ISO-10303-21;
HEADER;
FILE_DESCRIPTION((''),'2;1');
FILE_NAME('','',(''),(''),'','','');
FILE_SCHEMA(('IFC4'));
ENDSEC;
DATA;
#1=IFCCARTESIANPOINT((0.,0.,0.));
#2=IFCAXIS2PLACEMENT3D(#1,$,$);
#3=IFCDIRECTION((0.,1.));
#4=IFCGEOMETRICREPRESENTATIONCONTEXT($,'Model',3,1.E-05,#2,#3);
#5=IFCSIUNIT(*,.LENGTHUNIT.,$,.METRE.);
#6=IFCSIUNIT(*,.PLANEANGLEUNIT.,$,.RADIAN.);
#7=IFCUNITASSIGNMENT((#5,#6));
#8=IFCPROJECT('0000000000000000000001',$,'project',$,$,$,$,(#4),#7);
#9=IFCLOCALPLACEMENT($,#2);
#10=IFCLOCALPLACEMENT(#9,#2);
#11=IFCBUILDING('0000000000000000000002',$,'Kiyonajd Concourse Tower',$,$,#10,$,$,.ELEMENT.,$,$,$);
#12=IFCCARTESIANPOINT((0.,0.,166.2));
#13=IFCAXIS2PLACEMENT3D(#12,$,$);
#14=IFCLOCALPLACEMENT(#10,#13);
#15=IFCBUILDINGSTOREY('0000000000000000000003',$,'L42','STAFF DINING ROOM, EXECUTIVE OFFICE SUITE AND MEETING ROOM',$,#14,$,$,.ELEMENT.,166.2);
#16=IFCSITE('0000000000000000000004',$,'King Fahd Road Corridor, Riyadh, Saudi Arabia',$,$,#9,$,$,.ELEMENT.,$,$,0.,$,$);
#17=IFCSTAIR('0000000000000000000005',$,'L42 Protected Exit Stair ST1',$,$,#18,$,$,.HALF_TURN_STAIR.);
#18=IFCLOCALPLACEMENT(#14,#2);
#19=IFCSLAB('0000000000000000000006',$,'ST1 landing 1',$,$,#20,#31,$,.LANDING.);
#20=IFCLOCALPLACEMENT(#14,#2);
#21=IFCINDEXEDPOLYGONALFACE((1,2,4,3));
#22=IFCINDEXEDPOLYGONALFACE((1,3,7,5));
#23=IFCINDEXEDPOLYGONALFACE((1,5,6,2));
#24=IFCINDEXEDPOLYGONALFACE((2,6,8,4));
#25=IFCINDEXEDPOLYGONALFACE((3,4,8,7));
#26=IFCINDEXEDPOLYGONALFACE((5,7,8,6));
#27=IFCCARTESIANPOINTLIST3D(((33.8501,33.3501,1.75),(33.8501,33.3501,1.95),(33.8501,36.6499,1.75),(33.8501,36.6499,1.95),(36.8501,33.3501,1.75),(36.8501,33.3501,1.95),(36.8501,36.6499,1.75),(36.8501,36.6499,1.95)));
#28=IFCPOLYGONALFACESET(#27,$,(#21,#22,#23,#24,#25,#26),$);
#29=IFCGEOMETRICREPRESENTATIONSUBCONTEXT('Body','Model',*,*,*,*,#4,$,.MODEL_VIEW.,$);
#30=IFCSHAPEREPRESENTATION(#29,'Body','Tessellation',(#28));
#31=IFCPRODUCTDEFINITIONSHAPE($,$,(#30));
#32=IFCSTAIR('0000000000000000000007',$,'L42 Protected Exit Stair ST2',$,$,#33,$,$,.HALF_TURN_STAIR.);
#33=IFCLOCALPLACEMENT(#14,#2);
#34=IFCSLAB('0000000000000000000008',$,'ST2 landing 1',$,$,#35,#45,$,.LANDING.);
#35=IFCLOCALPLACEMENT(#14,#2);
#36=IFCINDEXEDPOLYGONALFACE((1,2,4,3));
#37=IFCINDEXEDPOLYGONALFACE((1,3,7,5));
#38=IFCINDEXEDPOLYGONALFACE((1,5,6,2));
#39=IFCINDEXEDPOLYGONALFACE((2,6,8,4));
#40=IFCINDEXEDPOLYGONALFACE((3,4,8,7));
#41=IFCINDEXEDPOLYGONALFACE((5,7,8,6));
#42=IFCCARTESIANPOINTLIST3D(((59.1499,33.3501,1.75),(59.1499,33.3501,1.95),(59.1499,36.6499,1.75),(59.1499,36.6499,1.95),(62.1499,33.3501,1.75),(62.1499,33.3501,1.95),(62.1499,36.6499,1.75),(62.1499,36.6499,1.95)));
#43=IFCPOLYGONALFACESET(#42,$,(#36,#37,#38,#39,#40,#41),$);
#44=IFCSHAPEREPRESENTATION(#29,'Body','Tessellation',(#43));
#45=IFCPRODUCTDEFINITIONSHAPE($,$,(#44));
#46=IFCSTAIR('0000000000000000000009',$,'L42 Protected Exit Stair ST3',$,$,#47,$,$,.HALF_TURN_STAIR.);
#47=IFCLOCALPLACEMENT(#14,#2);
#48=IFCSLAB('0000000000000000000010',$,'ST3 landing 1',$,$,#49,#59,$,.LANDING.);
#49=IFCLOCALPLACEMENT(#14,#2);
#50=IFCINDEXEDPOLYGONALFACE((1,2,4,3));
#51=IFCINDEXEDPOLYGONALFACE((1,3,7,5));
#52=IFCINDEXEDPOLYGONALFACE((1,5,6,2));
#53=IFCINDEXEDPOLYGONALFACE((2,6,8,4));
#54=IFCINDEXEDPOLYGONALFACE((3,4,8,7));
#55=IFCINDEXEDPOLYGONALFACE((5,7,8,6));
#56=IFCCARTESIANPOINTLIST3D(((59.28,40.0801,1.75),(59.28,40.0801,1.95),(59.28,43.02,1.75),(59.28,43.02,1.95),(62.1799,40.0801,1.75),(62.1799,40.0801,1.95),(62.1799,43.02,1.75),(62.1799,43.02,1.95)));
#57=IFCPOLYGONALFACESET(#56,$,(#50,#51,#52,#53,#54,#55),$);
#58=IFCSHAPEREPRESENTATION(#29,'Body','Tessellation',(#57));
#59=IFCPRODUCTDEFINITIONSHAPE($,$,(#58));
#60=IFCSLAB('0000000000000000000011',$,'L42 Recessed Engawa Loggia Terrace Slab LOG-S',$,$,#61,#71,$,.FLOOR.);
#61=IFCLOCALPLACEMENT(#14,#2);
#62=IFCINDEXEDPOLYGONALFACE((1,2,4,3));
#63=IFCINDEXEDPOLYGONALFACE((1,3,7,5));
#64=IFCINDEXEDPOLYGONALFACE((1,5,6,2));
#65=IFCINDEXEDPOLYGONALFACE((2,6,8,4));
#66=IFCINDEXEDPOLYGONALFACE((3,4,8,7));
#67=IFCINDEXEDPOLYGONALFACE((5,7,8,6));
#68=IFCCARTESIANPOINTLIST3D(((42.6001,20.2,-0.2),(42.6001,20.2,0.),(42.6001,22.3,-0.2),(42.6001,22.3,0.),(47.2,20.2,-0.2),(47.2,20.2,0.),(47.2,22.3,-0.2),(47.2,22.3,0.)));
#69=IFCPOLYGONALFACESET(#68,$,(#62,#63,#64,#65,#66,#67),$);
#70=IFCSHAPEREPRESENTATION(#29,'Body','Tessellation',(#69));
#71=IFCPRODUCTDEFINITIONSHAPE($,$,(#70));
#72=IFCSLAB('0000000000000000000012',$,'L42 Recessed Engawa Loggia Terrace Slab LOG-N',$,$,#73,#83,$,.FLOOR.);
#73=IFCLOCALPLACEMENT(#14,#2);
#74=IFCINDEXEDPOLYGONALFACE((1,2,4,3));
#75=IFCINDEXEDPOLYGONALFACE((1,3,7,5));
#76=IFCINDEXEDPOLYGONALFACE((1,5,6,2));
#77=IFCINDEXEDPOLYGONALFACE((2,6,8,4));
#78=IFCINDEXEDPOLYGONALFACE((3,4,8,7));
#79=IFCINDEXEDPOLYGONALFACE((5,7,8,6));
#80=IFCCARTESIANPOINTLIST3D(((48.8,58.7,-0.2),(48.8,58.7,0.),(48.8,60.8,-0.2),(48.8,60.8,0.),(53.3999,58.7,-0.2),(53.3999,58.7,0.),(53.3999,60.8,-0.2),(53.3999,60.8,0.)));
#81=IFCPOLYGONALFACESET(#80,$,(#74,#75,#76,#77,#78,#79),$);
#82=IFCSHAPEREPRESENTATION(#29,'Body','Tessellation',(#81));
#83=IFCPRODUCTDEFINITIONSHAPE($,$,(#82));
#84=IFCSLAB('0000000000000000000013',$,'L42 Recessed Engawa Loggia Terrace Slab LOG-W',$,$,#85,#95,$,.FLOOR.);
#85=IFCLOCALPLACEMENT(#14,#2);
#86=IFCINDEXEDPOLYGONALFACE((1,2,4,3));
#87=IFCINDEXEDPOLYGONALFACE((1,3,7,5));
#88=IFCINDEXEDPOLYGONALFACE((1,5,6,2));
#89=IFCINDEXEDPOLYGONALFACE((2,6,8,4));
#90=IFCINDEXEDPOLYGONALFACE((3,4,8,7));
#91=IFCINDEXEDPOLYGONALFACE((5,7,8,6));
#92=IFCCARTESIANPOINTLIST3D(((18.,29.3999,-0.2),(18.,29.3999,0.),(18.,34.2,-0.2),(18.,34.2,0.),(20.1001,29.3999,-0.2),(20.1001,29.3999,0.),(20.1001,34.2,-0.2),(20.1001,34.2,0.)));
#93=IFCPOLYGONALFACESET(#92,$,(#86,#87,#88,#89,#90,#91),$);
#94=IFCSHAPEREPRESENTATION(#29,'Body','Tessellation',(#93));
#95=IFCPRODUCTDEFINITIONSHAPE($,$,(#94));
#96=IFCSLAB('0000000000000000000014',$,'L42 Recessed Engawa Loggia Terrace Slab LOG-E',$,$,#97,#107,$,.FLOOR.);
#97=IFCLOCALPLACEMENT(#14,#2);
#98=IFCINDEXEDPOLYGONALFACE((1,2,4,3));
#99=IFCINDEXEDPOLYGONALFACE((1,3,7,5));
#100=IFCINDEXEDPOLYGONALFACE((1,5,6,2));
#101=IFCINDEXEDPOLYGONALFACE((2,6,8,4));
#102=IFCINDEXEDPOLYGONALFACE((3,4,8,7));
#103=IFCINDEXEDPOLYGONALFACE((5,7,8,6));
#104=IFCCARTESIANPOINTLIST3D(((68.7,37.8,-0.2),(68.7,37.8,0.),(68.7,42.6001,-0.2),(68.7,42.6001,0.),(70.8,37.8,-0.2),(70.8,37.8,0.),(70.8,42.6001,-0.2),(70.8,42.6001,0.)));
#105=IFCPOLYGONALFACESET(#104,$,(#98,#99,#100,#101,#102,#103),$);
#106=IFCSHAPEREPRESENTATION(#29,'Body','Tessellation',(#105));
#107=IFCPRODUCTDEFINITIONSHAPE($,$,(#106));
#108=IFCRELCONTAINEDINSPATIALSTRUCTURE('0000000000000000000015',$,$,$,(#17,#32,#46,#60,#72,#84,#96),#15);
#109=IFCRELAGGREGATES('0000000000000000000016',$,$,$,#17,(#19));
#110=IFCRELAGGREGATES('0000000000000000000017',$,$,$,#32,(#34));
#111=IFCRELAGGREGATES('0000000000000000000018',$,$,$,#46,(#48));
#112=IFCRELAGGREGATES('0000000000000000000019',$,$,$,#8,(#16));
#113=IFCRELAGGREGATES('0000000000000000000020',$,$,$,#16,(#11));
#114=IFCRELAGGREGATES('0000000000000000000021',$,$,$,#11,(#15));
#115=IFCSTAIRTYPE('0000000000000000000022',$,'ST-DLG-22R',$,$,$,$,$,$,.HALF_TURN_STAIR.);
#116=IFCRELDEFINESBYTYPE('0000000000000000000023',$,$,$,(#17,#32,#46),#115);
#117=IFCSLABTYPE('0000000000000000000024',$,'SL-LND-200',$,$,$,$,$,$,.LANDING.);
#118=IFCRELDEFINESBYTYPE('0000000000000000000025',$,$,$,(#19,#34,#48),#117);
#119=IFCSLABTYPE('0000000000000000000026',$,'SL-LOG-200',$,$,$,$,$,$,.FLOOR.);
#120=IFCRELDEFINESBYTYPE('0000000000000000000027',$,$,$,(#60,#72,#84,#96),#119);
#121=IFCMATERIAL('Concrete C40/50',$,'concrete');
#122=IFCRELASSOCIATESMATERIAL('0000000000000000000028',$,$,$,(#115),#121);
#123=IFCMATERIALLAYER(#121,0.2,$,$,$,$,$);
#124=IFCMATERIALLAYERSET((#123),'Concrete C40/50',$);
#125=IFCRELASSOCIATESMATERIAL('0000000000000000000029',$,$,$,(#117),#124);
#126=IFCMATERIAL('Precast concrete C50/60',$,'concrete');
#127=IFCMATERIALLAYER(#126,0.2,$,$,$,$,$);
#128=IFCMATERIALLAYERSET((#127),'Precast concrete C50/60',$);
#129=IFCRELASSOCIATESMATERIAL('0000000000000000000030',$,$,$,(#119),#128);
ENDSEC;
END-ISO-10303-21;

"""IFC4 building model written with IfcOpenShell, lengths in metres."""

from ifc_helpers import new_model, si_unit, direction, frame, origin, place, context, subcontext, project, spatial, polyline, outline, extrude, material, layer, layer_set, type_object, element, aggregate, save


model = new_model("IFC4")

# Units and contexts
model_context = context("Model", 3, precision=1e-05, world=origin(), true_north=direction((0.0, 1.0)))
body_context = subcontext(model_context, "Body", "Model", "MODEL_VIEW")
ifc_project = project(units=[si_unit("LENGTHUNIT", "METRE"), si_unit("PLANEANGLEUNIT", "RADIAN")], contexts=[model_context])

# Site, building, storey
site_placement = place(None, origin())
site = spatial("IfcSite", under=ifc_project, at=site_placement, Name="King Fahd Road Corridor, Riyadh, Saudi Arabia", CompositionType="ELEMENT", RefElevation=0.0)
building_placement = place(site_placement, origin())
building = spatial("IfcBuilding", under=site, at=building_placement, Name="Kiyonajd Concourse Tower", CompositionType="ELEMENT")
storey_placement = place(building_placement, frame((0.0, 0.0, 166.2)))
storey = spatial("IfcBuildingStorey", under=building, at=storey_placement, Name="L42", Description="STAFF DINING ROOM, EXECUTIVE OFFICE SUITE AND MEETING ROOM", CompositionType="ELEMENT", Elevation=166.2)

# Stairs, slabs
ifc_material_1 = material(Name="Concrete C40/50", Category="concrete")
stair_type = type_object("IfcStairType", Name="ST-DLG-22R", PredefinedType="HALF_TURN_STAIR", material=ifc_material_1)
stair_1_placement = place(storey_placement, origin())
stair_1 = element("IfcStair", 1, at=stair_1_placement, inside=storey, type_object=stair_type, Name="L42 Protected Exit Stair ST1", PredefinedType="HALF_TURN_STAIR")
ifc_layer_1 = layer(ifc_material_1, 0.2)
ifc_layer_set_1 = layer_set([ifc_layer_1], Name="Concrete C40/50")
slab_type_1 = type_object("IfcSlabType", Name="SL-LND-200", PredefinedType="LANDING", material=ifc_layer_set_1)
slab_1_placement = place(storey_placement, frame((0.0, 0.0, 1.75)))
slab_1 = element("IfcSlab", 2, at=slab_1_placement, type_object=slab_type_1, Name="ST1 landing 1", PredefinedType="LANDING", context=body_context, shape_type="SweptSolid", body=[
    extrude(outline(polyline([(36.8501, 33.3501), (36.8501, 36.6499), (33.8501, 36.6499), (33.8501, 33.3501), (36.8501, 33.3501)])), origin(), (0.0, 0.0, 1.0), 0.2),
])
aggregate(stair_1, [slab_1])
stair_2_placement = place(storey_placement, origin())
stair_2 = element("IfcStair", 3, at=stair_2_placement, inside=storey, type_object=stair_type, Name="L42 Protected Exit Stair ST2", PredefinedType="HALF_TURN_STAIR")
slab_2_placement = place(storey_placement, frame((0.0, 0.0, 1.75)))
slab_2 = element("IfcSlab", 4, at=slab_2_placement, type_object=slab_type_1, Name="ST2 landing 1", PredefinedType="LANDING", context=body_context, shape_type="SweptSolid", body=[
    extrude(outline(polyline([(62.1499, 33.3501), (62.1499, 36.6499), (59.1499, 36.6499), (59.1499, 33.3501), (62.1499, 33.3501)])), origin(), (0.0, 0.0, 1.0), 0.2),
])
aggregate(stair_2, [slab_2])
stair_3_placement = place(storey_placement, origin())
stair_3 = element("IfcStair", 5, at=stair_3_placement, inside=storey, type_object=stair_type, Name="L42 Protected Exit Stair ST3", PredefinedType="HALF_TURN_STAIR")
slab_3_placement = place(storey_placement, frame((0.0, 0.0, 1.75)))
slab_3 = element("IfcSlab", 6, at=slab_3_placement, type_object=slab_type_1, Name="ST3 landing 1", PredefinedType="LANDING", context=body_context, shape_type="SweptSolid", body=[
    extrude(outline(polyline([(59.28, 40.0801), (62.1799, 40.0801), (62.1799, 43.02), (59.28, 43.02), (59.28, 40.0801)])), origin(), (0.0, 0.0, 1.0), 0.2),
])
aggregate(stair_3, [slab_3])

# Slabs
ifc_material_2 = material(Name="Precast concrete C50/60", Category="concrete")
ifc_layer_2 = layer(ifc_material_2, 0.2)
ifc_layer_set_2 = layer_set([ifc_layer_2], Name="Precast concrete C50/60")
slab_type_2 = type_object("IfcSlabType", Name="SL-LOG-200", PredefinedType="FLOOR", material=ifc_layer_set_2)
slab_4_placement = place(storey_placement, frame((0.0, 0.0, -0.2)))
element("IfcSlab", 7, at=slab_4_placement, inside=storey, type_object=slab_type_2, Name="L42 Recessed Engawa Loggia Terrace Slab LOG-S", PredefinedType="FLOOR", context=body_context, shape_type="SweptSolid", body=[
    extrude(outline(polyline([(42.6001, 20.2), (47.2, 20.2), (47.2, 22.3), (42.6001, 22.3), (42.6001, 20.2)])), origin(), (0.0, 0.0, 1.0), 0.2),
])
slab_5_placement = place(storey_placement, frame((0.0, 0.0, -0.2)))
element("IfcSlab", 8, at=slab_5_placement, inside=storey, type_object=slab_type_2, Name="L42 Recessed Engawa Loggia Terrace Slab LOG-N", PredefinedType="FLOOR", context=body_context, shape_type="SweptSolid", body=[
    extrude(outline(polyline([(48.8, 58.7), (53.3999, 58.7), (53.3999, 60.8), (48.8, 60.8), (48.8, 58.7)])), origin(), (0.0, 0.0, 1.0), 0.2),
])
slab_6_placement = place(storey_placement, frame((0.0, 0.0, -0.2)))
element("IfcSlab", 9, at=slab_6_placement, inside=storey, type_object=slab_type_2, Name="L42 Recessed Engawa Loggia Terrace Slab LOG-W", PredefinedType="FLOOR", context=body_context, shape_type="SweptSolid", body=[
    extrude(outline(polyline([(18.0, 29.3999), (20.1001, 29.3999), (20.1001, 34.2), (18.0, 34.2), (18.0, 29.3999)])), origin(), (0.0, 0.0, 1.0), 0.2),
])
slab_7_placement = place(storey_placement, frame((0.0, 0.0, -0.2)))
element("IfcSlab", 10, at=slab_7_placement, inside=storey, type_object=slab_type_2, Name="L42 Recessed Engawa Loggia Terrace Slab LOG-E", PredefinedType="FLOOR", context=body_context, shape_type="SweptSolid", body=[
    extrude(outline(polyline([(68.7, 37.8), (70.8, 37.8), (70.8, 42.6001), (68.7, 42.6001), (68.7, 37.8)])), origin(), (0.0, 0.0, 1.0), 0.2),
])

save(model, "model.ifc")
